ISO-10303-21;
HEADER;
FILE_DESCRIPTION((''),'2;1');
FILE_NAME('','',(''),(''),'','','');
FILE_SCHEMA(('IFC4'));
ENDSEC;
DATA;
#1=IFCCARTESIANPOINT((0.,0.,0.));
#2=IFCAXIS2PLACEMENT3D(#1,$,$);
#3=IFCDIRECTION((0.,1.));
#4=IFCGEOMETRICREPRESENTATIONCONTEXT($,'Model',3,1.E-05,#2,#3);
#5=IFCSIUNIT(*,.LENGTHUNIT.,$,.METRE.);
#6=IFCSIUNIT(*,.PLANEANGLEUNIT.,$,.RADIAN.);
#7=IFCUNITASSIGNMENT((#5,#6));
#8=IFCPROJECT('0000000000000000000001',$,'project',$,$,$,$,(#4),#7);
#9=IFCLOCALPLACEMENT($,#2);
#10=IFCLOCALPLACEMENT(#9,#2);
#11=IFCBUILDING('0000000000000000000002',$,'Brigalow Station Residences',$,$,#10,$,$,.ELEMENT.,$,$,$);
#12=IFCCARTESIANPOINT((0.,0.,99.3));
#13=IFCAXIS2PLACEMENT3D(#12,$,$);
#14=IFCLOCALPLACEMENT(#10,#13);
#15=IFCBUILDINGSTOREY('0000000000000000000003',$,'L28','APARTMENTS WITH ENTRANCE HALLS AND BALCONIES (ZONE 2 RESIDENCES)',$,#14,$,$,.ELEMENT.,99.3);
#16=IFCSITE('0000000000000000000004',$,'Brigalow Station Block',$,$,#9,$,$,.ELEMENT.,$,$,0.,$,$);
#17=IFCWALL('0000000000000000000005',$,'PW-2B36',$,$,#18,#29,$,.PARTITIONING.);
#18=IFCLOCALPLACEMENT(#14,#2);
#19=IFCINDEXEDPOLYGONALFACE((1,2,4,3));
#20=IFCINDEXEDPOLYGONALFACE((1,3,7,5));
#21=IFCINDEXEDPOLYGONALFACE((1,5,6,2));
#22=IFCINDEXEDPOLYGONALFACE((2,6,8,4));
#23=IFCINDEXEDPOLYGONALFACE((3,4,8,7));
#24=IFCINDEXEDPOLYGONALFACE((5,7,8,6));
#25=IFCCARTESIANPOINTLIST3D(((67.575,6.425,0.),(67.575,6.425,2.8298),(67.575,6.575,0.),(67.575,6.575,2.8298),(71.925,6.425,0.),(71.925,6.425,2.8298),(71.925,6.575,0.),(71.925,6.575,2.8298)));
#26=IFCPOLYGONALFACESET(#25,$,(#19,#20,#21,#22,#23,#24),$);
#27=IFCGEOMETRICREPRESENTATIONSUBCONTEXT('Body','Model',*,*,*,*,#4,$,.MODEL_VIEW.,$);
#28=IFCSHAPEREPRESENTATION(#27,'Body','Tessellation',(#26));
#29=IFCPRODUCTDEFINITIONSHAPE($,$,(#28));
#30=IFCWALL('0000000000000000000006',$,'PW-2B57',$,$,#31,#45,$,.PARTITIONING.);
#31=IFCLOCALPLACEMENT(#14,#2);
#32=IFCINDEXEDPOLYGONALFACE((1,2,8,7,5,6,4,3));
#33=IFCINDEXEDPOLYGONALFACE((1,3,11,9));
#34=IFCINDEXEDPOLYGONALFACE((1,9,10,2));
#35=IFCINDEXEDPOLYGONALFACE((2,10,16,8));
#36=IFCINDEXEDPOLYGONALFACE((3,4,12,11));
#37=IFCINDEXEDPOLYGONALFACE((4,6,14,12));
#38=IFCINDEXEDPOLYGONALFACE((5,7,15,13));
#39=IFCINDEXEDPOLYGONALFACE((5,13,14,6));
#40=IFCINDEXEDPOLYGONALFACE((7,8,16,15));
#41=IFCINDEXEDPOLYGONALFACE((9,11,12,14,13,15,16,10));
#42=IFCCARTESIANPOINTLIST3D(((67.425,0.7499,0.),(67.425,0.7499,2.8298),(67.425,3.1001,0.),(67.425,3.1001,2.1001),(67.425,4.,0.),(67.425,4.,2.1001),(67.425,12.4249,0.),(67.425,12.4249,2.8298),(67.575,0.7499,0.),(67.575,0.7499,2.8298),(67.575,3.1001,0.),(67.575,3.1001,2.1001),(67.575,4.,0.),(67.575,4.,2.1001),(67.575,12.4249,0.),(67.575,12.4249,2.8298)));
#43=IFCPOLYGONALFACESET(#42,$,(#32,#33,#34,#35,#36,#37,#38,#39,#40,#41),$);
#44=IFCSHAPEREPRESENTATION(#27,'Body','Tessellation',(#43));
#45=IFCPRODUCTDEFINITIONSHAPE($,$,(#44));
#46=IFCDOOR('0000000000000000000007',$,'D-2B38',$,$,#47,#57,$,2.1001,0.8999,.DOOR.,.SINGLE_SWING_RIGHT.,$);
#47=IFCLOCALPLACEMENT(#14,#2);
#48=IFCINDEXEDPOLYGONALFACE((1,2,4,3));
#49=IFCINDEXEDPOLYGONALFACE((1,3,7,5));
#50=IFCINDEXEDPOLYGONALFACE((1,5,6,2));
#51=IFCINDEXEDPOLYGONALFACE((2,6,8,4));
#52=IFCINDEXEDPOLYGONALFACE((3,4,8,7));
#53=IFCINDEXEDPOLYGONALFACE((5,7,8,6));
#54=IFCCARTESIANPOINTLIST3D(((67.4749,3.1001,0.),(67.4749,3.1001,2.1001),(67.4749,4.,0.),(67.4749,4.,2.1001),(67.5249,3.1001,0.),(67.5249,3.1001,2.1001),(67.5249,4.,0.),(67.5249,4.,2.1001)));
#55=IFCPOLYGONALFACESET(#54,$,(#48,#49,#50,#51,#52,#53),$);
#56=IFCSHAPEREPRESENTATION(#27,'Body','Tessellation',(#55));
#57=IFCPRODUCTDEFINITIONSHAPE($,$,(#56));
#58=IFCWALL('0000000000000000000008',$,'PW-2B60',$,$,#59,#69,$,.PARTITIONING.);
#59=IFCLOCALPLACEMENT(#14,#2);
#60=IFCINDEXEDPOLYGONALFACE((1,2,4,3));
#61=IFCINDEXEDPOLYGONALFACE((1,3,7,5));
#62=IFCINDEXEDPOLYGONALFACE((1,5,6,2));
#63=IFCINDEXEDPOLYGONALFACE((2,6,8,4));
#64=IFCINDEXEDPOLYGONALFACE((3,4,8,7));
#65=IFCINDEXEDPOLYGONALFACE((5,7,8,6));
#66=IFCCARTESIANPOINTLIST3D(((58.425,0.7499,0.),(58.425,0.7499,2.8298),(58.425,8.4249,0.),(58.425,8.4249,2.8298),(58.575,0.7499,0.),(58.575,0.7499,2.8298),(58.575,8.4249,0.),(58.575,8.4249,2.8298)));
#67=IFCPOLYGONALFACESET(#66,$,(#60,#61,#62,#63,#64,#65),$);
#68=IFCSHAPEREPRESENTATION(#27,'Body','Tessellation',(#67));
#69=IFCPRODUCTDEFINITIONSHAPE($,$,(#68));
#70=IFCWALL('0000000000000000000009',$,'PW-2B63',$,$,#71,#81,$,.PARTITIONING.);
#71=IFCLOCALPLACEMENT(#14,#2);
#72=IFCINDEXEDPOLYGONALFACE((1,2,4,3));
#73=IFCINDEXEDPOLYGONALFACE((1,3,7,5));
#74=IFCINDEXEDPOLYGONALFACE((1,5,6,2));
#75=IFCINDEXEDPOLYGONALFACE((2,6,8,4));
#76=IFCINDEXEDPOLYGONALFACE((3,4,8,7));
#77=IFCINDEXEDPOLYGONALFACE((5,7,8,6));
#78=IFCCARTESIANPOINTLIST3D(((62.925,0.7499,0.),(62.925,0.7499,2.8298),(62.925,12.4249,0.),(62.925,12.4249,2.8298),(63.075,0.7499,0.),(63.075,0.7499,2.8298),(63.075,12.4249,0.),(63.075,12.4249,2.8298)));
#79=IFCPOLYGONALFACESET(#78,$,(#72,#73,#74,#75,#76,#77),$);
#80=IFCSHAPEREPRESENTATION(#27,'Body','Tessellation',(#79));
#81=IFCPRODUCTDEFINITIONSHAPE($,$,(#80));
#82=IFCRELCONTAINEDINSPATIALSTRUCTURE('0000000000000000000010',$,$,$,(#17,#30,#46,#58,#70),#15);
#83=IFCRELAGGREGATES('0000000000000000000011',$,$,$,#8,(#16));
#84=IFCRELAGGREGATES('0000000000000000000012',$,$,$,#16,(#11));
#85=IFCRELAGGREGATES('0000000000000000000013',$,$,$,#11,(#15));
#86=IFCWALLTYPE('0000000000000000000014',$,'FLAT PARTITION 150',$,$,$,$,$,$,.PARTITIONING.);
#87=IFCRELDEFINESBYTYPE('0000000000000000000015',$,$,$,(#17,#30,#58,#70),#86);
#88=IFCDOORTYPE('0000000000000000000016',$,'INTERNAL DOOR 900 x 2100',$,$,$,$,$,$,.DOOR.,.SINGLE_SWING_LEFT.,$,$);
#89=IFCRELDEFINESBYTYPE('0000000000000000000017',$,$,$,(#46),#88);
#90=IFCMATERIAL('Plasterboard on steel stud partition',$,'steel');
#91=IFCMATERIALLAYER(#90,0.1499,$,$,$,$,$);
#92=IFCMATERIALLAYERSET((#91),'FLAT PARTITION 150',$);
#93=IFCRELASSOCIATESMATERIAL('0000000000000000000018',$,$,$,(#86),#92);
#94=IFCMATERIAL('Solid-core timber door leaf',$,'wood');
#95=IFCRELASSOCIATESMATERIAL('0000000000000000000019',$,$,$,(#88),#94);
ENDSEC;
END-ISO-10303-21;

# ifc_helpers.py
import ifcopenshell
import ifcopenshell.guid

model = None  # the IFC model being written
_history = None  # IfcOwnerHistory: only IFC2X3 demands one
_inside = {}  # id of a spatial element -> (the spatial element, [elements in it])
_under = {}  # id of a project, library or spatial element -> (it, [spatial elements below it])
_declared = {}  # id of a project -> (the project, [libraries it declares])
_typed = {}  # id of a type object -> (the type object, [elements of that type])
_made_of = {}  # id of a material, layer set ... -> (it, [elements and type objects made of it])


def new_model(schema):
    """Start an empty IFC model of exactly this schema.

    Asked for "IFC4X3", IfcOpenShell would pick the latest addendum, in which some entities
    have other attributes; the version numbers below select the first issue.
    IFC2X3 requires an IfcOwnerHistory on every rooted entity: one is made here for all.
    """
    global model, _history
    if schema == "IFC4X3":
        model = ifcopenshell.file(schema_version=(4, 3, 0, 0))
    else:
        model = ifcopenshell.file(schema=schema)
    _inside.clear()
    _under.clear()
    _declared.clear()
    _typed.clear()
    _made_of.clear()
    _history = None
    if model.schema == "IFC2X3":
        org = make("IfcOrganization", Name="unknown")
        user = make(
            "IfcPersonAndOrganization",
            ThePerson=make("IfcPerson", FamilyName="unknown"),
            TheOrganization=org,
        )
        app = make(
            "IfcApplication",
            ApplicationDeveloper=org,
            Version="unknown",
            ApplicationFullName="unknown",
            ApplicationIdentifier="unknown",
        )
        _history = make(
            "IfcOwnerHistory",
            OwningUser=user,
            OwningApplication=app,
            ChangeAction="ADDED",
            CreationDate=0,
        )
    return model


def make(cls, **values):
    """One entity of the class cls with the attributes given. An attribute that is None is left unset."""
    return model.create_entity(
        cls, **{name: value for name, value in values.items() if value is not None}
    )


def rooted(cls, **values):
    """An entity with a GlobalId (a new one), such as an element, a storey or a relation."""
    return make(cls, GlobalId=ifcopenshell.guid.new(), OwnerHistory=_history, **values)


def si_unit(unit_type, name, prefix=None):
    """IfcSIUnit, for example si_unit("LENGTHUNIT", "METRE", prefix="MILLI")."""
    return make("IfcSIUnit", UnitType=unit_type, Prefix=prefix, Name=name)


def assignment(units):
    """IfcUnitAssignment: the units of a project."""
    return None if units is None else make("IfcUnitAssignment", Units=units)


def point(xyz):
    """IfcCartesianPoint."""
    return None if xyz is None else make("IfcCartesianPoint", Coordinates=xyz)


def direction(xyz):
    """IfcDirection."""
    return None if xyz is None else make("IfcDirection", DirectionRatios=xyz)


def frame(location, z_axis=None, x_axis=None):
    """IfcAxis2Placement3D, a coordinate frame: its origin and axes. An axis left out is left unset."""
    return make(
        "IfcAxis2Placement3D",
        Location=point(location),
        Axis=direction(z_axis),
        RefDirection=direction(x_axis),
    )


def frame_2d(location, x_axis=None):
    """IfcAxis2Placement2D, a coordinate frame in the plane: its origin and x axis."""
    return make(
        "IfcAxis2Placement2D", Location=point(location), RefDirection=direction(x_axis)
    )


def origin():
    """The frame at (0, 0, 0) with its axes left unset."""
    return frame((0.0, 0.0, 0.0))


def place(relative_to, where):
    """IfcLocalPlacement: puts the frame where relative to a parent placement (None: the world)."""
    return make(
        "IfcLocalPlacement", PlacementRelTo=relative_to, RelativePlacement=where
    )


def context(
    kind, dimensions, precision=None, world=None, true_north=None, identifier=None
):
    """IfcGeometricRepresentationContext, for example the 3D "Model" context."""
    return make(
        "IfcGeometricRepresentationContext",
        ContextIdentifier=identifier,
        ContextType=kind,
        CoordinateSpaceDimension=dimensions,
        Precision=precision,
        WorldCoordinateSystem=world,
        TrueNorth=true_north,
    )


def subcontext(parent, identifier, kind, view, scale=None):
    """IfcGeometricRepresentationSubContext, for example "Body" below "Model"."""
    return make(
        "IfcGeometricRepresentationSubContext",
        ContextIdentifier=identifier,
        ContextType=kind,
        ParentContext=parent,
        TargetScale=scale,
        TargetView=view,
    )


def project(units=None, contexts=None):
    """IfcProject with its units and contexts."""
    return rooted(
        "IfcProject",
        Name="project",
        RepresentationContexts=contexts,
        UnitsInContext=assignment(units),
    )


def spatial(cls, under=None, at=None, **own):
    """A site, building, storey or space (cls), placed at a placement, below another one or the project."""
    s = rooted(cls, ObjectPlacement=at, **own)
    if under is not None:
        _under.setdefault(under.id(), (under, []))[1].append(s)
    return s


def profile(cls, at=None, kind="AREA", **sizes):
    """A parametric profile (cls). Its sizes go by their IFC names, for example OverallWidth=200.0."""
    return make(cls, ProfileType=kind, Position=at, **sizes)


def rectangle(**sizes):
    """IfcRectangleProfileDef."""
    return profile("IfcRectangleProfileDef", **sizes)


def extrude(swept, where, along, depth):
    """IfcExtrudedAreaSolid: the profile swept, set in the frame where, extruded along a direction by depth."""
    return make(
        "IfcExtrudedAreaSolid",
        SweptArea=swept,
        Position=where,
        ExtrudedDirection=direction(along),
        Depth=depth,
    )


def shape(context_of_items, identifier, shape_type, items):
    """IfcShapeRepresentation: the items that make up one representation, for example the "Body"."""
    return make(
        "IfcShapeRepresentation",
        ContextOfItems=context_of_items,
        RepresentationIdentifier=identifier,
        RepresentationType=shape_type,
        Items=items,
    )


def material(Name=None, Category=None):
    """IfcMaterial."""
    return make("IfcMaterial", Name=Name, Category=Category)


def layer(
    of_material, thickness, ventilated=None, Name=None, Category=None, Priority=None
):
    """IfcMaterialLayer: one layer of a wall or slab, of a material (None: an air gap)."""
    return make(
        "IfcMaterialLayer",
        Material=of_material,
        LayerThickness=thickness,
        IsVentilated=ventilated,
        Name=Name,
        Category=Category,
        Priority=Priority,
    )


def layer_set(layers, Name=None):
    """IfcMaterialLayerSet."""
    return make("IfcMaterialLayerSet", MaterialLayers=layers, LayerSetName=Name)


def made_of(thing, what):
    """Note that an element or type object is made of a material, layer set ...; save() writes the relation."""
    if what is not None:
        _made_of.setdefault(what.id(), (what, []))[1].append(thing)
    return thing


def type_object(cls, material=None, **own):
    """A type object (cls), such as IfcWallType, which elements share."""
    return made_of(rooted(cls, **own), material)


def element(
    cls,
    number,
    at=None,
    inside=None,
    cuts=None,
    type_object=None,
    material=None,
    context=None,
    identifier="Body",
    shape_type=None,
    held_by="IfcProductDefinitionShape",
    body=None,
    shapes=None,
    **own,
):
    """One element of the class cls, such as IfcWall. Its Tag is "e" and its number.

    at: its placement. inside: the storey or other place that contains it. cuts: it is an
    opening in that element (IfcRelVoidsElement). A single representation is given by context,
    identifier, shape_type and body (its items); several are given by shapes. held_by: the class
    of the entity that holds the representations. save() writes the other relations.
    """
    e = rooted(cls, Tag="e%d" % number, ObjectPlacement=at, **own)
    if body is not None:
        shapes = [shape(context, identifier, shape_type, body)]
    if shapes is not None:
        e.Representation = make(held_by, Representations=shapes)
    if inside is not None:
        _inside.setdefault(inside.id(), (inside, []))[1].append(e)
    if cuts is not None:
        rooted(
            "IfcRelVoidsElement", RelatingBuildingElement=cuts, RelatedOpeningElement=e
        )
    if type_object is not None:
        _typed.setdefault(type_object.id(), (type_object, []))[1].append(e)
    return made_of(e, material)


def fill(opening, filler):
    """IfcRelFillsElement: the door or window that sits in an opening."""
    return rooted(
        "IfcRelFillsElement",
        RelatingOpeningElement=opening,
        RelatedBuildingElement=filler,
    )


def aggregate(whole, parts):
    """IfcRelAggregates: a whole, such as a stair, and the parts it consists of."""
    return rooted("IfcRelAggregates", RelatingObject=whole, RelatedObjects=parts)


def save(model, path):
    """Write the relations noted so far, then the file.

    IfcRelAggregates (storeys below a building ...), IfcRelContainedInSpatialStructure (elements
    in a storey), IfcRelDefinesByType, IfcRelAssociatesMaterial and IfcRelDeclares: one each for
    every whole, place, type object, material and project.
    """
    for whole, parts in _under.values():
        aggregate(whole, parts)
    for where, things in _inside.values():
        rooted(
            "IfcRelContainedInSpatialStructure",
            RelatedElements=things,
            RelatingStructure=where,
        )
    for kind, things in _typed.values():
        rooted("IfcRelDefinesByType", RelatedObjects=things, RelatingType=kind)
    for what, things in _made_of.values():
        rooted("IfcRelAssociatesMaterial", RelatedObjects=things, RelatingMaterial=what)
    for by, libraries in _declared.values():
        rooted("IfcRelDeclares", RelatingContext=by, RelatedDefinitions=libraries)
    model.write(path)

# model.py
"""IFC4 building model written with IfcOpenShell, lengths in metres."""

from ifc_helpers import new_model, si_unit, direction, frame, frame_2d, origin, place, context, subcontext, project, spatial, rectangle, extrude, material, layer, layer_set, type_object, element, fill, save


model = new_model("IFC4")

# Units and contexts
model_context = context("Model", 3, precision=1e-05, world=origin(), true_north=direction((0.0, 1.0)))
body_context = subcontext(model_context, "Body", "Model", "MODEL_VIEW")
ifc_project = project(units=[si_unit("LENGTHUNIT", "METRE"), si_unit("PLANEANGLEUNIT", "RADIAN")], contexts=[model_context])

# Site, building, storey
site_placement = place(None, origin())
site = spatial("IfcSite", under=ifc_project, at=site_placement, Name="Brigalow Station Block", CompositionType="ELEMENT", RefElevation=0.0)
building_placement = place(site_placement, origin())
building = spatial("IfcBuilding", under=site, at=building_placement, Name="Brigalow Station Residences", CompositionType="ELEMENT")
storey_placement = place(building_placement, frame((0.0, 0.0, 99.3)))
storey = spatial("IfcBuildingStorey", under=building, at=storey_placement, Name="L28", Description="APARTMENTS WITH ENTRANCE HALLS AND BALCONIES (ZONE 2 RESIDENCES)", CompositionType="ELEMENT", Elevation=99.3)

# Shared definitions
ifc_material_1 = material(Name="Plasterboard on steel stud partition", Category="steel")
ifc_layer_1 = layer(ifc_material_1, 0.1499)
ifc_layer_set_1 = layer_set([ifc_layer_1], Name="FLAT PARTITION 150")
wall_type_1 = type_object("IfcWallType", Name="FLAT PARTITION 150", PredefinedType="PARTITIONING", material=ifc_layer_set_1)
ifc_material_2 = material(Name="Solid-core timber door leaf", Category="wood")
door_type = type_object("IfcDoorType", Name="INTERNAL DOOR 900 x 2100", OperationType="SINGLE_SWING_LEFT", PredefinedType="DOOR", material=ifc_material_2)

# Wall
wall_1_placement = place(storey_placement, frame((67.575, 6.5, 0.0), z_axis=(0.0, 0.0, 1.0), x_axis=(1.0, 0.0, 0.0)))
element("IfcWall", 1, at=wall_1_placement, inside=storey, type_object=wall_type_1, Name="PW-2B36", PredefinedType="PARTITIONING", context=body_context, shape_type="SweptSolid", body=[
    extrude(rectangle(XDim=4.3501, YDim=0.1499, at=frame_2d((2.175, 0.0))), origin(), (0.0, 0.0, 1.0), 2.8298),
])

# Wall, opening, door
wall_2_placement = place(storey_placement, frame((67.5, 0.75, 0.0), z_axis=(0.0, 0.0, 1.0), x_axis=(0.0, 1.0, 0.0)))
wall_2 = element("IfcWall", 2, at=wall_2_placement, inside=storey, type_object=wall_type_1, Name="PW-2B57", PredefinedType="PARTITIONING", context=body_context, shape_type="SweptSolid", body=[
    extrude(rectangle(XDim=11.675, YDim=0.1499, at=frame_2d((5.8374, 0.0))), origin(), (0.0, 0.0, 1.0), 2.8298),
])
opening_1_placement = place(wall_2_placement, frame((2.3501, 0.0, 0.0)))
opening_1 = element("IfcOpeningElement", 3, at=opening_1_placement, cuts=wall_2, PredefinedType="OPENING", context=body_context, shape_type="SweptSolid", body=[
    extrude(rectangle(XDim=0.8999, YDim=2.1001, at=frame_2d((0.45, 1.05))), frame((0.0, 0.085, 0.0), z_axis=(0.0, -1.0, 0.0), x_axis=(1.0, 0.0, 0.0)), (0.0, 0.0, 1.0), 0.1699),
])
door_1_placement = place(opening_1_placement, frame((0.8999, 0.0, 0.0), z_axis=(0.0, 0.0, 1.0), x_axis=(-1.0, 0.0, 0.0)))
door_1 = element("IfcDoor", 4, at=door_1_placement, inside=storey, type_object=door_type, Name="D-2B38", OperationType="SINGLE_SWING_RIGHT", OverallHeight=2.1001, OverallWidth=0.8999, PredefinedType="DOOR", context=body_context, shape_type="SweptSolid", body=[
    extrude(rectangle(XDim=0.8999, YDim=2.1001, at=frame_2d((0.45, 1.05))), frame((0.0, 0.0249, 0.0), z_axis=(0.0, -1.0, 0.0), x_axis=(1.0, 0.0, 0.0)), (0.0, 0.0, 1.0), 0.05),
])
fill(opening_1, door_1)

# Walls
wall_3_placement = place(storey_placement, frame((58.5, 0.75, 0.0), z_axis=(0.0, 0.0, 1.0), x_axis=(0.0, 1.0, 0.0)))
element("IfcWall", 5, at=wall_3_placement, inside=storey, type_object=wall_type_1, Name="PW-2B60", PredefinedType="PARTITIONING", context=body_context, shape_type="SweptSolid", body=[
    extrude(rectangle(XDim=7.675, YDim=0.1499, at=frame_2d((3.8374, 0.0))), origin(), (0.0, 0.0, 1.0), 2.8298),
])
wall_4_placement = place(storey_placement, frame((63.0, 0.75, 0.0), z_axis=(0.0, 0.0, 1.0), x_axis=(0.0, 1.0, 0.0)))
element("IfcWall", 6, at=wall_4_placement, inside=storey, type_object=wall_type_1, Name="PW-2B63", PredefinedType="PARTITIONING", context=body_context, shape_type="SweptSolid", body=[
    extrude(rectangle(XDim=11.675, YDim=0.1499, at=frame_2d((5.8374, 0.0))), origin(), (0.0, 0.0, 1.0), 2.8298),
])

save(model, "model.ifc")
